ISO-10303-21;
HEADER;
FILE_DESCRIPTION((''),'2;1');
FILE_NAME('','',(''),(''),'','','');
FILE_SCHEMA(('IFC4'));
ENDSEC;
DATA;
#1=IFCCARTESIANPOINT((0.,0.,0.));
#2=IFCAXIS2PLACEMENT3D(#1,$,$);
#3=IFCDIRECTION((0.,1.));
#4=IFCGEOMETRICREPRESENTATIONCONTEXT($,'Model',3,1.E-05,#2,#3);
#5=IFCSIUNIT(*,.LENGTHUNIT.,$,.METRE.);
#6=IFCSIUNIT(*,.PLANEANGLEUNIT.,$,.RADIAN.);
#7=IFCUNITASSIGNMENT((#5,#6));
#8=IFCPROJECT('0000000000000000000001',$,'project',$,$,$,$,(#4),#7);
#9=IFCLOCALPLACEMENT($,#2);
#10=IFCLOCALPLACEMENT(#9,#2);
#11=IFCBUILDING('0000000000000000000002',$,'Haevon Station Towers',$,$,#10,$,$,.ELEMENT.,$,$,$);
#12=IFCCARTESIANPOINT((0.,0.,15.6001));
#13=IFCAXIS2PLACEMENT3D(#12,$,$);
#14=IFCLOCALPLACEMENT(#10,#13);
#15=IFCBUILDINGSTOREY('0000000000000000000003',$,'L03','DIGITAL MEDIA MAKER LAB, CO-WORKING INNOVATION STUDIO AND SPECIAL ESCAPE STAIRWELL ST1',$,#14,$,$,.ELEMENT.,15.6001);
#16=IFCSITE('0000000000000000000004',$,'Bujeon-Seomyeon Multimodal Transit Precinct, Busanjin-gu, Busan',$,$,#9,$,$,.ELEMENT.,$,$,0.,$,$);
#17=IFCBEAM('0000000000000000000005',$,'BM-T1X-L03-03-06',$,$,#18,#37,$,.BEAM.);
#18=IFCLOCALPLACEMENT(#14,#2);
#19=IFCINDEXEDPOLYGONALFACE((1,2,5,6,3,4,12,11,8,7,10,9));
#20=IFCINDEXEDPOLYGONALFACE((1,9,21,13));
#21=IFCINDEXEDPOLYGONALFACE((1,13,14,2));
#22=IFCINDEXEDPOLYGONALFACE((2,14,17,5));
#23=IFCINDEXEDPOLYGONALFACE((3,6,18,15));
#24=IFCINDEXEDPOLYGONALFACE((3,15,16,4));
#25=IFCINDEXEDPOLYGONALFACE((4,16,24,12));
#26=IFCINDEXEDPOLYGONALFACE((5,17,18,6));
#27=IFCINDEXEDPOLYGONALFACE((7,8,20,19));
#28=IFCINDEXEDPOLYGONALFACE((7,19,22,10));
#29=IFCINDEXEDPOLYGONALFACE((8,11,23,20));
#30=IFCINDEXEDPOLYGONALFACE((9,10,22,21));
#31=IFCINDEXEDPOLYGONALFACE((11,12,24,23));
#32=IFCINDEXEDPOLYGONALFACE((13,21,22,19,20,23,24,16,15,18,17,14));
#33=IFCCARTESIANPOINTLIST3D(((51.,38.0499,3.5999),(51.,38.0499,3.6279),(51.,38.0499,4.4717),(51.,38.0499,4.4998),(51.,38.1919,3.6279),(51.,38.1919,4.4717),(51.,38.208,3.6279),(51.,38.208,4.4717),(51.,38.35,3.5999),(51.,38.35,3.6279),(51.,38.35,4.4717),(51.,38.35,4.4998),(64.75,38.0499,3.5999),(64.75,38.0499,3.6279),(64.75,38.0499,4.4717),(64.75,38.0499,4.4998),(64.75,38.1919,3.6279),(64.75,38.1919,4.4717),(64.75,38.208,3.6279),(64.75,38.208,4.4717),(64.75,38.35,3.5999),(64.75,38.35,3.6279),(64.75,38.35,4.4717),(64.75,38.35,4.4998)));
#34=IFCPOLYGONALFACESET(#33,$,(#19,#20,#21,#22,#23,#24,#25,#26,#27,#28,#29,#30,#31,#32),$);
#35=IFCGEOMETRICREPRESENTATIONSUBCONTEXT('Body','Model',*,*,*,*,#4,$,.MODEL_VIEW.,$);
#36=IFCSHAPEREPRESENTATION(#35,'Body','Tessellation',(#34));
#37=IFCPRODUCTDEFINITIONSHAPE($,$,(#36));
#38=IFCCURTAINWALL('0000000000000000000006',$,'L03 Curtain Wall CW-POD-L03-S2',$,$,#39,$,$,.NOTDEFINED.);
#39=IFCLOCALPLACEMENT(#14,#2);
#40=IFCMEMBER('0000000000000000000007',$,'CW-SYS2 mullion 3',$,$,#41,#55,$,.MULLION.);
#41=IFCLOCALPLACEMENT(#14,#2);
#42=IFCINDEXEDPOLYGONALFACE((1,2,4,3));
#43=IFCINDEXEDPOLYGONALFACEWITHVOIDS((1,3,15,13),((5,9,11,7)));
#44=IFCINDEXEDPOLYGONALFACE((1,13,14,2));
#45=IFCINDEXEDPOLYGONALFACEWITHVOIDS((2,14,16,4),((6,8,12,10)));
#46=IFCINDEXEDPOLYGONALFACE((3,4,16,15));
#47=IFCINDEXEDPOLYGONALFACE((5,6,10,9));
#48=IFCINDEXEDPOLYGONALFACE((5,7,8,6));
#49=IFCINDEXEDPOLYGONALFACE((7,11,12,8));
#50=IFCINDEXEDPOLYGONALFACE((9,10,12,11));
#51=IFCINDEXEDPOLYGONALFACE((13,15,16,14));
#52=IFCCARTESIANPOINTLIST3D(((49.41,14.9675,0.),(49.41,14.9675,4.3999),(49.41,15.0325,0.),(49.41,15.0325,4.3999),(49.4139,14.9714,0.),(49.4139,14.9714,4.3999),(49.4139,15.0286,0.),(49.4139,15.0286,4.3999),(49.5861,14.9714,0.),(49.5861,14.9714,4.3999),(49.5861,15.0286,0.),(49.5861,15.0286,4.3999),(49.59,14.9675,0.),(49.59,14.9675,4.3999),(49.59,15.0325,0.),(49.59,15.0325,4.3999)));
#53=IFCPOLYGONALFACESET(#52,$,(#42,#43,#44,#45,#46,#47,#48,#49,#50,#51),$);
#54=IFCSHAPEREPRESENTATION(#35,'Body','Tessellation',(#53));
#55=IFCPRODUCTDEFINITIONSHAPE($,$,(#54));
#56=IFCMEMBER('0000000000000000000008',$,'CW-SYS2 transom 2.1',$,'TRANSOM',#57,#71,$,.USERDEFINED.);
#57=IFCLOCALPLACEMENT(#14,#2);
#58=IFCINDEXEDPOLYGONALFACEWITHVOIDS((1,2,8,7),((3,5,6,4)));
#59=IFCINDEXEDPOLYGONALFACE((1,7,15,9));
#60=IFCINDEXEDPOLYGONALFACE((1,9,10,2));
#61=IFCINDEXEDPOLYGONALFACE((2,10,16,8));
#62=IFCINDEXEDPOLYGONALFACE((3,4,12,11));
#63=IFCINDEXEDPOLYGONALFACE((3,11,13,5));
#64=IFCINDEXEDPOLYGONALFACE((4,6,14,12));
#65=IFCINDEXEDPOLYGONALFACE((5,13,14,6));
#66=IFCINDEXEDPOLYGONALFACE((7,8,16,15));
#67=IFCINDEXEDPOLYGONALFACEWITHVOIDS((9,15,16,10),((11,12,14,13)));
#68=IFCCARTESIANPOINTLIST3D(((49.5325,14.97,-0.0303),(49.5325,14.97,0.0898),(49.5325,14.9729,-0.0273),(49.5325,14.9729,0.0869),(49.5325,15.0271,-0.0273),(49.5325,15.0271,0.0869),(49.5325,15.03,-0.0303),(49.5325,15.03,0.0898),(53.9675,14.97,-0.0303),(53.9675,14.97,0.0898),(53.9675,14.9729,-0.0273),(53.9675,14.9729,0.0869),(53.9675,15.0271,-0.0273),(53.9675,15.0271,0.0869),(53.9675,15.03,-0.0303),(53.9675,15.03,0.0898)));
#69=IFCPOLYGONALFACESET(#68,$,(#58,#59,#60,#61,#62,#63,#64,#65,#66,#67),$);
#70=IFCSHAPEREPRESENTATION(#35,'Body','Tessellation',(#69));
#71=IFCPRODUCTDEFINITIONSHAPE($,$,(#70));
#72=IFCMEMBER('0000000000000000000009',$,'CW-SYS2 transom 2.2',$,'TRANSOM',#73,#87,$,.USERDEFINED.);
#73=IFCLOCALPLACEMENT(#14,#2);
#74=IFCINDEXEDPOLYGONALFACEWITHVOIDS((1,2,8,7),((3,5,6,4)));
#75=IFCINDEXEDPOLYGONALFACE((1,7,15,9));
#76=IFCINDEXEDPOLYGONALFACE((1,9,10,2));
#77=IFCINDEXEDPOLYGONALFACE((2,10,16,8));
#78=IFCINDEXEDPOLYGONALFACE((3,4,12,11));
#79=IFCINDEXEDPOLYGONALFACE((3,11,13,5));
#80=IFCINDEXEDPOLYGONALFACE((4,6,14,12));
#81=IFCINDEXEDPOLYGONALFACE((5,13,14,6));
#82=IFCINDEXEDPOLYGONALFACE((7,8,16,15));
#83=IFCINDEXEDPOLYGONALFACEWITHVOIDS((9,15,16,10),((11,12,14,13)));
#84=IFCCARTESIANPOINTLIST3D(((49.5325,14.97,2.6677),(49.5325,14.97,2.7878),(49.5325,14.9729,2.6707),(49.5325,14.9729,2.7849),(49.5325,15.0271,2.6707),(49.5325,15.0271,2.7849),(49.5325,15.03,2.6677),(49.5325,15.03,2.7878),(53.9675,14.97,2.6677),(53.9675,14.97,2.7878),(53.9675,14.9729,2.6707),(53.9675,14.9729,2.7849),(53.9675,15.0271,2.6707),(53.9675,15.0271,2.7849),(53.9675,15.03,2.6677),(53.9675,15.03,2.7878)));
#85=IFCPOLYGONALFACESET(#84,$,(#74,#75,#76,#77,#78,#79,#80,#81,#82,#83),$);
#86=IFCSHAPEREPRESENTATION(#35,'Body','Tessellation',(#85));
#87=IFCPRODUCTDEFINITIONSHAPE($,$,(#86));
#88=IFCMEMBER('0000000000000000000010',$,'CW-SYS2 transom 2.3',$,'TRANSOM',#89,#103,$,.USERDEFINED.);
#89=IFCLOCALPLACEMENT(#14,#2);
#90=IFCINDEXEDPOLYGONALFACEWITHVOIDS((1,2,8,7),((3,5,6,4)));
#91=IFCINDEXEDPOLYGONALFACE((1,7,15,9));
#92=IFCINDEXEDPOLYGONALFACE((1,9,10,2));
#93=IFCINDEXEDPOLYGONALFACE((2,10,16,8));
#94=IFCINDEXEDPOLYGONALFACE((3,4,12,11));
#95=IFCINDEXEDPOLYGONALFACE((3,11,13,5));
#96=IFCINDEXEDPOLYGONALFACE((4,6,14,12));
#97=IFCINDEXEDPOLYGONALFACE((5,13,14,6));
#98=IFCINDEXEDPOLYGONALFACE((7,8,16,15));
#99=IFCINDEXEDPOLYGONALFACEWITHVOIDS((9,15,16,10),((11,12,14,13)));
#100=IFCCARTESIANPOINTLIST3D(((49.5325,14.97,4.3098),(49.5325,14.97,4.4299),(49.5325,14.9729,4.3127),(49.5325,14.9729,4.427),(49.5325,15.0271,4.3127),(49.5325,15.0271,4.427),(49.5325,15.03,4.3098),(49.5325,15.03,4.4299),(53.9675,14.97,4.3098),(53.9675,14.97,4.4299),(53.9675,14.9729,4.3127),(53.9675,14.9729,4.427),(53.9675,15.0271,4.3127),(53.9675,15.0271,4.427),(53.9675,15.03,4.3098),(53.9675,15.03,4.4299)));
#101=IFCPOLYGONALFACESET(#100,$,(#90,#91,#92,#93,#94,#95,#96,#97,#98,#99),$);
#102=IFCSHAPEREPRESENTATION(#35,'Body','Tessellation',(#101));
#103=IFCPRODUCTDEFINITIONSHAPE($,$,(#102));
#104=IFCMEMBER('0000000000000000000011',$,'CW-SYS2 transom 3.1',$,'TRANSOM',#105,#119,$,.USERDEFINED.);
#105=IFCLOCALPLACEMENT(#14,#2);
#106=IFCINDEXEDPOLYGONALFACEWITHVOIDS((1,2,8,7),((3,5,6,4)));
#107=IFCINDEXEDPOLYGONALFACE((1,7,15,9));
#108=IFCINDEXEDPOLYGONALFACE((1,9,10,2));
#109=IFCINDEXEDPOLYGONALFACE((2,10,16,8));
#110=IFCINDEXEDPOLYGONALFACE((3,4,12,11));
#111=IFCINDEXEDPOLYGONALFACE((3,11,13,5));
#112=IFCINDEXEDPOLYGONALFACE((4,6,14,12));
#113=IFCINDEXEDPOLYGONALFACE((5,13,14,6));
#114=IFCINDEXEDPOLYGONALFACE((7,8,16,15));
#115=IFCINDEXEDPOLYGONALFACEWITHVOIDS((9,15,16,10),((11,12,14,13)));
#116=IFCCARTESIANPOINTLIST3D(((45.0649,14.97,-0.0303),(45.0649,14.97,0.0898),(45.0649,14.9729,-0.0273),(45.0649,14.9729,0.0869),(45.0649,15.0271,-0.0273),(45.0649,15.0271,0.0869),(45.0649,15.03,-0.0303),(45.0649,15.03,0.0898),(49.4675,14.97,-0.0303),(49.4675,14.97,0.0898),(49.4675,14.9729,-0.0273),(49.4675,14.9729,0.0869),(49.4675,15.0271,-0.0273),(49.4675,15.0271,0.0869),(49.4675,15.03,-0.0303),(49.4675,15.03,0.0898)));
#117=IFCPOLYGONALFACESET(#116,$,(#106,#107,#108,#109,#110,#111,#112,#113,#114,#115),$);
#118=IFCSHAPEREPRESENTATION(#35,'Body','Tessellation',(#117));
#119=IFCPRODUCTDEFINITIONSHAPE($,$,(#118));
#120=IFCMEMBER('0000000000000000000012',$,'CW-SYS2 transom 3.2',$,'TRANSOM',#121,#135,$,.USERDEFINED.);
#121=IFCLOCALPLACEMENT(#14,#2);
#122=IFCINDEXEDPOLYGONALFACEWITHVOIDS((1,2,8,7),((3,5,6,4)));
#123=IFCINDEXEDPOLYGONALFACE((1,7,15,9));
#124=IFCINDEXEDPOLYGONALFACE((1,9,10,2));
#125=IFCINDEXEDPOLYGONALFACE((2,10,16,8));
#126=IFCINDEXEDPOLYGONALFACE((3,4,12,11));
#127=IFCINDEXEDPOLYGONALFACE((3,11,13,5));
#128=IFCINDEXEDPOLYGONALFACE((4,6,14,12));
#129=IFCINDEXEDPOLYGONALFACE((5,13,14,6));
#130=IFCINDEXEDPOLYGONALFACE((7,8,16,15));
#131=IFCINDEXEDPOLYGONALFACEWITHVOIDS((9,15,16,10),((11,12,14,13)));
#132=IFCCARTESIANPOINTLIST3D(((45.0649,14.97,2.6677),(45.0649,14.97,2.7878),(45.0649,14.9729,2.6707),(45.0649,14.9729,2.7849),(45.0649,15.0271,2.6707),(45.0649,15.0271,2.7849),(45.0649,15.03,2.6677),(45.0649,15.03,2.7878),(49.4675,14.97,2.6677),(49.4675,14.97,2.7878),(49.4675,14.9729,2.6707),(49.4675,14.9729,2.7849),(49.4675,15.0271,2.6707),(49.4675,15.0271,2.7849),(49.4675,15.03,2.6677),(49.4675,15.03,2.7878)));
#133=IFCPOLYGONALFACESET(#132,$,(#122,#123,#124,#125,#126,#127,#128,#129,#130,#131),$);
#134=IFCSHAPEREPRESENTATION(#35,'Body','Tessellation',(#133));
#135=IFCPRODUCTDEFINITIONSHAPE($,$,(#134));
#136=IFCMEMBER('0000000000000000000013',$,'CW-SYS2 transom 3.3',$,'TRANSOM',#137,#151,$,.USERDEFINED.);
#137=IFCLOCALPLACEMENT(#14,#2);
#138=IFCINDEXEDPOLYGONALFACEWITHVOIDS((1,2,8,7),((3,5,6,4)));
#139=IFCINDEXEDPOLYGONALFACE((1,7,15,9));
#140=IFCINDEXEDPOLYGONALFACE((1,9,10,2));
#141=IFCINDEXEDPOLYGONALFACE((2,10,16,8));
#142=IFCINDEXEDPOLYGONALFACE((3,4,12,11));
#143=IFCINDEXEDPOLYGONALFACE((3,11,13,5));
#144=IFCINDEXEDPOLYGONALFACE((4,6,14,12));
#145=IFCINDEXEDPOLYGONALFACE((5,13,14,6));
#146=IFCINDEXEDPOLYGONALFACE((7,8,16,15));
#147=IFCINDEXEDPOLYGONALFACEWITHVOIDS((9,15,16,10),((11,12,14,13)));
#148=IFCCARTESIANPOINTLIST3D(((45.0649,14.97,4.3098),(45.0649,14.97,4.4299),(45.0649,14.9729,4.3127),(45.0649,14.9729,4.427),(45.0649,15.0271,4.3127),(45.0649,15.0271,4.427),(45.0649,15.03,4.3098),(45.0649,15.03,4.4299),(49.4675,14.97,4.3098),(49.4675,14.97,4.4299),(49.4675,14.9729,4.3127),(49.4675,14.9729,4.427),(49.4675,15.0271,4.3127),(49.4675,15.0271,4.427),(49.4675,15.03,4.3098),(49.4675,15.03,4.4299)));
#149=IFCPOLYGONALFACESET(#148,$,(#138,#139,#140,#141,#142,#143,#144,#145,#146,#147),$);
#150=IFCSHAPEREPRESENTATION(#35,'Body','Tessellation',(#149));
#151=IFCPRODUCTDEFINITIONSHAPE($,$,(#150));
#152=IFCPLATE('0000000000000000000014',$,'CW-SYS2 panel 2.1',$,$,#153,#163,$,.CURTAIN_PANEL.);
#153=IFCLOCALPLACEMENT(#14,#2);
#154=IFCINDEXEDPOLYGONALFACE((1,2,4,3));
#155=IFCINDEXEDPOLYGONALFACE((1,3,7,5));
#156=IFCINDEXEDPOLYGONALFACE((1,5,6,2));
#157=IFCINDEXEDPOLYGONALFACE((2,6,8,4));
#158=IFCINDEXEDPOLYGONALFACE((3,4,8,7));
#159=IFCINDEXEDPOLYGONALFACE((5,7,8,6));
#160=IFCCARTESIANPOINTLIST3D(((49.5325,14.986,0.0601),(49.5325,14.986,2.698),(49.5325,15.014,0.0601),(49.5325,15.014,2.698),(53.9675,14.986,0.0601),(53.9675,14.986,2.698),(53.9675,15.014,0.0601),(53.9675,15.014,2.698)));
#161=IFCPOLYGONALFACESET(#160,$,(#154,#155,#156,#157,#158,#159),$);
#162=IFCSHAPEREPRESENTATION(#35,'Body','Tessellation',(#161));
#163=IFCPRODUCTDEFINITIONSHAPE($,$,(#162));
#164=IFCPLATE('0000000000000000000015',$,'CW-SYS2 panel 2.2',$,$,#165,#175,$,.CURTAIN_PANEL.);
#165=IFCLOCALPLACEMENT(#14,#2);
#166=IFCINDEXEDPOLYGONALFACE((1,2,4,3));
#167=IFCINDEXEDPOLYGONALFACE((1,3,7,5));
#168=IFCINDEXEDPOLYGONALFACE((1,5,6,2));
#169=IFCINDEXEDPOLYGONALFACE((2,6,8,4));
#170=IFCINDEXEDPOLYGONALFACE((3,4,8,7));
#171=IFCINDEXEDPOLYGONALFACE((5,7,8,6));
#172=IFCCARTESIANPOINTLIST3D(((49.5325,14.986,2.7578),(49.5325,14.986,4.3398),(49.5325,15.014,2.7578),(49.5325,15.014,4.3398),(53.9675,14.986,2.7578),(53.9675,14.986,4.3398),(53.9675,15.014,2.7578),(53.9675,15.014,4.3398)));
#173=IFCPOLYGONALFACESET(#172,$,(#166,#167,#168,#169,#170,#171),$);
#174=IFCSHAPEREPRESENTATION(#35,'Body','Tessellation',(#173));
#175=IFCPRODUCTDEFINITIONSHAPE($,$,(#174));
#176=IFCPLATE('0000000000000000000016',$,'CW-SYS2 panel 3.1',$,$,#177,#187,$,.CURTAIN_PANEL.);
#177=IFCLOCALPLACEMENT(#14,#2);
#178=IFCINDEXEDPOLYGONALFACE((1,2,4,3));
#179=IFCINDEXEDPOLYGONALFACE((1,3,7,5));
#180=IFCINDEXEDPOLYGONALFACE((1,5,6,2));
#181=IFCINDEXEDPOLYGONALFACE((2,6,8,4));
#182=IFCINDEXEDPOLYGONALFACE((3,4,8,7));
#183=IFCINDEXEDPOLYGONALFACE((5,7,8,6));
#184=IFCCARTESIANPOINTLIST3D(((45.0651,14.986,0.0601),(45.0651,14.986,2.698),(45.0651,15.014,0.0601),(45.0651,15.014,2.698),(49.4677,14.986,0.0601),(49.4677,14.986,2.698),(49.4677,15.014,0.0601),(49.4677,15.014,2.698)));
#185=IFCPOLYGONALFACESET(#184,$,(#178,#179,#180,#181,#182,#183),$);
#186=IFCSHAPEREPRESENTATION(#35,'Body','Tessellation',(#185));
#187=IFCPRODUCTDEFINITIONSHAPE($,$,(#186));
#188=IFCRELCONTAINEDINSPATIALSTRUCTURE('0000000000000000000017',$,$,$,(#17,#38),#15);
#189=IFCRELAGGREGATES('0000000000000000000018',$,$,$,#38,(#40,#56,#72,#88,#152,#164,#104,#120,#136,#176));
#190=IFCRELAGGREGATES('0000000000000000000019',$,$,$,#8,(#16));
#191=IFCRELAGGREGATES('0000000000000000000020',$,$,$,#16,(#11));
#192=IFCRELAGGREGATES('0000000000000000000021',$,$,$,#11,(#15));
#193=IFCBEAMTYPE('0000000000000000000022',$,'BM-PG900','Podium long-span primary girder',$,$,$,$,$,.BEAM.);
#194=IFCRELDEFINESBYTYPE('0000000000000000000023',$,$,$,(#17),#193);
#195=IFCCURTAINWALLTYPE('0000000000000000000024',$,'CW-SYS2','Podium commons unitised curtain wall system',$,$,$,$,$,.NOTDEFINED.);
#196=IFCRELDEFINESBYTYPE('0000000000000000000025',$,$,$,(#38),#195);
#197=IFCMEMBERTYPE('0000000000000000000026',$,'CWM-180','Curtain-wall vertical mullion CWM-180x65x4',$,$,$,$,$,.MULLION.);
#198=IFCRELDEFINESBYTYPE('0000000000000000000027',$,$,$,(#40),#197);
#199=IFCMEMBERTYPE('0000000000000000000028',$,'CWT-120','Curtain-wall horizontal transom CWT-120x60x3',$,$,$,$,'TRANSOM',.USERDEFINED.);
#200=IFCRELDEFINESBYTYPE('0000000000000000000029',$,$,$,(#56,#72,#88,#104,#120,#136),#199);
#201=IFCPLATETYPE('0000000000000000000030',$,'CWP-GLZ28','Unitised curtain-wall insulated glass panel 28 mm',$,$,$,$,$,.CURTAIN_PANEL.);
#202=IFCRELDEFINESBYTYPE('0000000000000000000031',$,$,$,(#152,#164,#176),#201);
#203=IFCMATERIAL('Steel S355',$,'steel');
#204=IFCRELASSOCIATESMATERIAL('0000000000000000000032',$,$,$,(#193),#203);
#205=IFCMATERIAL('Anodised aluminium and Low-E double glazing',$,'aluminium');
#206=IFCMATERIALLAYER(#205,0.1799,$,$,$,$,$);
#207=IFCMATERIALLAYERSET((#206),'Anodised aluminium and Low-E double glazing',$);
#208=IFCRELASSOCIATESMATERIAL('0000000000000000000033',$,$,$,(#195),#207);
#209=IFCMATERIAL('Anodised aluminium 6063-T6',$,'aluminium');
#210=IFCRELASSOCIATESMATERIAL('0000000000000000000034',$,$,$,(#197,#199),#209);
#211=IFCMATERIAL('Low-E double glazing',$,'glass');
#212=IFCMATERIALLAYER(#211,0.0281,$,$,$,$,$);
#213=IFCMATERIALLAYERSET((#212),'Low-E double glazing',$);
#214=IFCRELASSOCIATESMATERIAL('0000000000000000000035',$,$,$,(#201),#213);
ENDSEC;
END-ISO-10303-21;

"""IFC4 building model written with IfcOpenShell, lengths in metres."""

from ifc_helpers import new_model, si_unit, direction, frame, origin, origin_2d, place, context, subcontext, project, spatial, rectangle, hollow_rectangle, i_section, extrude, material, layer, layer_set, material_profile, profile_set, type_object, element, aggregate, save


model = new_model("IFC4")

# Units and contexts
model_context = context("Model", 3, precision=1e-05, world=origin(), true_north=direction((0.0, 1.0)))
body_context = subcontext(model_context, "Body", "Model", "MODEL_VIEW")
ifc_project = project(units=[si_unit("LENGTHUNIT", "METRE"), si_unit("PLANEANGLEUNIT", "RADIAN")], contexts=[model_context])

# Site, building, storey
site_placement = place(None, origin())
site = spatial("IfcSite", under=ifc_project, at=site_placement, Name="Bujeon-Seomyeon Multimodal Transit Precinct, Busanjin-gu, Busan", CompositionType="ELEMENT", RefElevation=0.0)
building_placement = place(site_placement, origin())
building = spatial("IfcBuilding", under=site, at=building_placement, Name="Haevon Station Towers", CompositionType="ELEMENT")
storey_placement = place(building_placement, frame((0.0, 0.0, 15.6001)))
storey = spatial("IfcBuildingStorey", under=building, at=storey_placement, Name="L03", Description="DIGITAL MEDIA MAKER LAB, CO-WORKING INNOVATION STUDIO AND SPECIAL ESCAPE STAIRWELL ST1", CompositionType="ELEMENT", Elevation=15.6001)

# Beam
ifc_material_1 = material(Name="Steel S355", Category="steel")
ifc_material_profile_1 = material_profile(ifc_material_1, i_section(OverallWidth=0.3, OverallDepth=0.8999, WebThickness=0.0161, FlangeThickness=0.0281, at=origin_2d()), Name="H-900x300x16x28")
ifc_profile_set_1 = profile_set([ifc_material_profile_1], Name="Steel S355")
beam_type_1 = type_object("IfcBeamType", Name="BM-PG900", Description="Podium long-span primary girder", PredefinedType="BEAM", material=ifc_profile_set_1)
for number, where, z_axis, x_axis, name in (
    (1, (51.0, 38.2, 4.0498), (1.0, 0.0, 0.0), (0.0, 1.0, 0.0), "BM-T1X-L03-03-06"),
):
    element("IfcBeam", number, at=place(storey_placement, frame(where, z_axis=z_axis, x_axis=x_axis)), inside=storey, type_object=beam_type_1, Name=name, PredefinedType="BEAM", context=body_context, shape_type="SweptSolid", body=[
        extrude(i_section(OverallWidth=0.3, OverallDepth=0.8999, WebThickness=0.0161, FlangeThickness=0.0281, at=origin_2d()), origin(), (0.0, 0.0, 1.0), 13.75),
    ])

# Curtain wall, members, plates
ifc_material_2 = material(Name="Anodised aluminium and Low-E double glazing", Category="aluminium")
ifc_layer_1 = layer(ifc_material_2, 0.1799)
ifc_layer_set_1 = layer_set([ifc_layer_1], Name="Anodised aluminium and Low-E double glazing")
curtain_wall_type = type_object("IfcCurtainWallType", Name="CW-SYS2", Description="Podium commons unitised curtain wall system", PredefinedType="NOTDEFINED", material=ifc_layer_set_1)
curtain_wall_placement = place(storey_placement, origin())
curtain_wall = element("IfcCurtainWall", 2, at=curtain_wall_placement, inside=storey, type_object=curtain_wall_type, Name="L03 Curtain Wall CW-POD-L03-S2", PredefinedType="NOTDEFINED")
ifc_material_3 = material(Name="Anodised aluminium 6063-T6", Category="aluminium")
ifc_material_profile_2 = material_profile(ifc_material_3, hollow_rectangle(XDim=0.0649, YDim=0.1799, WallThickness=0.0039, at=origin_2d()), Name="CWM-180x65x4")
ifc_profile_set_2 = profile_set([ifc_material_profile_2], Name="Anodised aluminium 6063-T6")
member_type_1 = type_object("IfcMemberType", Name="CWM-180", Description="Curtain-wall vertical mullion CWM-180x65x4", PredefinedType="MULLION", material=ifc_profile_set_2)
member_1_placement = place(storey_placement, frame((49.5, 15.0, 0.0), z_axis=(0.0, 0.0, 1.0), x_axis=(0.0, -1.0, 0.0)))
member_1 = element("IfcMember", 3, at=member_1_placement, type_object=member_type_1, Name="CW-SYS2 mullion 3", PredefinedType="MULLION", context=body_context, shape_type="SweptSolid", body=[
    extrude(hollow_rectangle(XDim=0.0649, YDim=0.1799, WallThickness=0.0039, at=origin_2d()), origin(), (0.0, 0.0, 1.0), 4.3999),
])
ifc_material_profile_3 = material_profile(ifc_material_3, hollow_rectangle(XDim=0.0601, YDim=0.1201, WallThickness=0.0029, at=origin_2d()), Name="CWT-120x60x3")
ifc_profile_set_3 = profile_set([ifc_material_profile_3], Name="Anodised aluminium 6063-T6")
member_type_2 = type_object("IfcMemberType", Name="CWT-120", Description="Curtain-wall horizontal transom CWT-120x60x3", ElementType="TRANSOM", PredefinedType="USERDEFINED", material=ifc_profile_set_3)
member_2_placement = place(storey_placement, frame((53.9675, 15.0, 0.0298), z_axis=(-1.0, 0.0, 0.0), x_axis=(0.0, -1.0, 0.0)))
member_2 = element("IfcMember", 4, at=member_2_placement, type_object=member_type_2, Name="CW-SYS2 transom 2.1", ObjectType="TRANSOM", PredefinedType="USERDEFINED", context=body_context, shape_type="SweptSolid", body=[
    extrude(hollow_rectangle(XDim=0.0601, YDim=0.1201, WallThickness=0.0029, at=origin_2d()), origin(), (0.0, 0.0, 1.0), 4.4351),
])
member_3_placement = place(storey_placement, frame((53.9675, 15.0, 2.7278), z_axis=(-1.0, 0.0, 0.0), x_axis=(0.0, -1.0, 0.0)))
member_3 = element("IfcMember", 5, at=member_3_placement, type_object=member_type_2, Name="CW-SYS2 transom 2.2", ObjectType="TRANSOM", PredefinedType="USERDEFINED", context=body_context, shape_type="SweptSolid", body=[
    extrude(hollow_rectangle(XDim=0.0601, YDim=0.1201, WallThickness=0.0029, at=origin_2d()), origin(), (0.0, 0.0, 1.0), 4.4351),
])
member_4_placement = place(storey_placement, frame((53.9675, 15.0, 4.3699), z_axis=(-1.0, 0.0, 0.0), x_axis=(0.0, -1.0, 0.0)))
member_4 = element("IfcMember", 6, at=member_4_placement, type_object=member_type_2, Name="CW-SYS2 transom 2.3", ObjectType="TRANSOM", PredefinedType="USERDEFINED", context=body_context, shape_type="SweptSolid", body=[
    extrude(hollow_rectangle(XDim=0.0601, YDim=0.1201, WallThickness=0.0029, at=origin_2d()), origin(), (0.0, 0.0, 1.0), 4.4351),
])
member_5_placement = place(storey_placement, frame((49.4675, 15.0, 0.0298), z_axis=(-1.0, 0.0, 0.0), x_axis=(0.0, -1.0, 0.0)))
member_5 = element("IfcMember", 7, at=member_5_placement, type_object=member_type_2, Name="CW-SYS2 transom 3.1", ObjectType="TRANSOM", PredefinedType="USERDEFINED", context=body_context, shape_type="SweptSolid", body=[
    extrude(hollow_rectangle(XDim=0.0601, YDim=0.1201, WallThickness=0.0029, at=origin_2d()), origin(), (0.0, 0.0, 1.0), 4.4026),
])
member_6_placement = place(storey_placement, frame((49.4675, 15.0, 2.7278), z_axis=(-1.0, 0.0, 0.0), x_axis=(0.0, -1.0, 0.0)))
member_6 = element("IfcMember", 8, at=member_6_placement, type_object=member_type_2, Name="CW-SYS2 transom 3.2", ObjectType="TRANSOM", PredefinedType="USERDEFINED", context=body_context, shape_type="SweptSolid", body=[
    extrude(hollow_rectangle(XDim=0.0601, YDim=0.1201, WallThickness=0.0029, at=origin_2d()), origin(), (0.0, 0.0, 1.0), 4.4026),
])
member_7_placement = place(storey_placement, frame((49.4675, 15.0, 4.3699), z_axis=(-1.0, 0.0, 0.0), x_axis=(0.0, -1.0, 0.0)))
member_7 = element("IfcMember", 9, at=member_7_placement, type_object=member_type_2, Name="CW-SYS2 transom 3.3", ObjectType="TRANSOM", PredefinedType="USERDEFINED", context=body_context, shape_type="SweptSolid", body=[
    extrude(hollow_rectangle(XDim=0.0601, YDim=0.1201, WallThickness=0.0029, at=origin_2d()), origin(), (0.0, 0.0, 1.0), 4.4026),
])
ifc_material_4 = material(Name="Low-E double glazing", Category="glass")
ifc_layer_2 = layer(ifc_material_4, 0.0281)
ifc_layer_set_2 = layer_set([ifc_layer_2], Name="Low-E double glazing")
plate_type = type_object("IfcPlateType", Name="CWP-GLZ28", Description="Unitised curtain-wall insulated glass panel 28 mm", PredefinedType="CURTAIN_PANEL", material=ifc_layer_set_2)
plate_1_placement = place(storey_placement, frame((51.75, 15.0, 0.0601), z_axis=(0.0, 0.0, 1.0), x_axis=(-1.0, 0.0, 0.0)))
plate_1 = element("IfcPlate", 10, at=plate_1_placement, type_object=plate_type, Name="CW-SYS2 panel 2.1", PredefinedType="CURTAIN_PANEL", context=body_context, shape_type="SweptSolid", body=[
    extrude(rectangle(XDim=4.4351, YDim=0.0281, at=origin_2d()), origin(), (0.0, 0.0, 1.0), 2.6379),
])
plate_2_placement = place(storey_placement, frame((51.75, 15.0, 2.7578), z_axis=(0.0, 0.0, 1.0), x_axis=(-1.0, 0.0, 0.0)))
plate_2 = element("IfcPlate", 11, at=plate_2_placement, type_object=plate_type, Name="CW-SYS2 panel 2.2", PredefinedType="CURTAIN_PANEL", context=body_context, shape_type="SweptSolid", body=[
    extrude(rectangle(XDim=4.4351, YDim=0.0281, at=origin_2d()), origin(), (0.0, 0.0, 1.0), 1.582),
])
plate_3_placement = place(storey_placement, frame((47.2664, 15.0, 0.0601), z_axis=(0.0, 0.0, 1.0), x_axis=(-1.0, 0.0, 0.0)))
plate_3 = element("IfcPlate", 12, at=plate_3_placement, type_object=plate_type, Name="CW-SYS2 panel 3.1", PredefinedType="CURTAIN_PANEL", context=body_context, shape_type="SweptSolid", body=[
    extrude(rectangle(XDim=4.4026, YDim=0.0281, at=origin_2d()), origin(), (0.0, 0.0, 1.0), 2.6379),
])
aggregate(curtain_wall, [member_1, member_2, member_3, member_4, plate_1, plate_2, member_5, member_6, member_7, plate_3])

save(model, "model.ifc")
